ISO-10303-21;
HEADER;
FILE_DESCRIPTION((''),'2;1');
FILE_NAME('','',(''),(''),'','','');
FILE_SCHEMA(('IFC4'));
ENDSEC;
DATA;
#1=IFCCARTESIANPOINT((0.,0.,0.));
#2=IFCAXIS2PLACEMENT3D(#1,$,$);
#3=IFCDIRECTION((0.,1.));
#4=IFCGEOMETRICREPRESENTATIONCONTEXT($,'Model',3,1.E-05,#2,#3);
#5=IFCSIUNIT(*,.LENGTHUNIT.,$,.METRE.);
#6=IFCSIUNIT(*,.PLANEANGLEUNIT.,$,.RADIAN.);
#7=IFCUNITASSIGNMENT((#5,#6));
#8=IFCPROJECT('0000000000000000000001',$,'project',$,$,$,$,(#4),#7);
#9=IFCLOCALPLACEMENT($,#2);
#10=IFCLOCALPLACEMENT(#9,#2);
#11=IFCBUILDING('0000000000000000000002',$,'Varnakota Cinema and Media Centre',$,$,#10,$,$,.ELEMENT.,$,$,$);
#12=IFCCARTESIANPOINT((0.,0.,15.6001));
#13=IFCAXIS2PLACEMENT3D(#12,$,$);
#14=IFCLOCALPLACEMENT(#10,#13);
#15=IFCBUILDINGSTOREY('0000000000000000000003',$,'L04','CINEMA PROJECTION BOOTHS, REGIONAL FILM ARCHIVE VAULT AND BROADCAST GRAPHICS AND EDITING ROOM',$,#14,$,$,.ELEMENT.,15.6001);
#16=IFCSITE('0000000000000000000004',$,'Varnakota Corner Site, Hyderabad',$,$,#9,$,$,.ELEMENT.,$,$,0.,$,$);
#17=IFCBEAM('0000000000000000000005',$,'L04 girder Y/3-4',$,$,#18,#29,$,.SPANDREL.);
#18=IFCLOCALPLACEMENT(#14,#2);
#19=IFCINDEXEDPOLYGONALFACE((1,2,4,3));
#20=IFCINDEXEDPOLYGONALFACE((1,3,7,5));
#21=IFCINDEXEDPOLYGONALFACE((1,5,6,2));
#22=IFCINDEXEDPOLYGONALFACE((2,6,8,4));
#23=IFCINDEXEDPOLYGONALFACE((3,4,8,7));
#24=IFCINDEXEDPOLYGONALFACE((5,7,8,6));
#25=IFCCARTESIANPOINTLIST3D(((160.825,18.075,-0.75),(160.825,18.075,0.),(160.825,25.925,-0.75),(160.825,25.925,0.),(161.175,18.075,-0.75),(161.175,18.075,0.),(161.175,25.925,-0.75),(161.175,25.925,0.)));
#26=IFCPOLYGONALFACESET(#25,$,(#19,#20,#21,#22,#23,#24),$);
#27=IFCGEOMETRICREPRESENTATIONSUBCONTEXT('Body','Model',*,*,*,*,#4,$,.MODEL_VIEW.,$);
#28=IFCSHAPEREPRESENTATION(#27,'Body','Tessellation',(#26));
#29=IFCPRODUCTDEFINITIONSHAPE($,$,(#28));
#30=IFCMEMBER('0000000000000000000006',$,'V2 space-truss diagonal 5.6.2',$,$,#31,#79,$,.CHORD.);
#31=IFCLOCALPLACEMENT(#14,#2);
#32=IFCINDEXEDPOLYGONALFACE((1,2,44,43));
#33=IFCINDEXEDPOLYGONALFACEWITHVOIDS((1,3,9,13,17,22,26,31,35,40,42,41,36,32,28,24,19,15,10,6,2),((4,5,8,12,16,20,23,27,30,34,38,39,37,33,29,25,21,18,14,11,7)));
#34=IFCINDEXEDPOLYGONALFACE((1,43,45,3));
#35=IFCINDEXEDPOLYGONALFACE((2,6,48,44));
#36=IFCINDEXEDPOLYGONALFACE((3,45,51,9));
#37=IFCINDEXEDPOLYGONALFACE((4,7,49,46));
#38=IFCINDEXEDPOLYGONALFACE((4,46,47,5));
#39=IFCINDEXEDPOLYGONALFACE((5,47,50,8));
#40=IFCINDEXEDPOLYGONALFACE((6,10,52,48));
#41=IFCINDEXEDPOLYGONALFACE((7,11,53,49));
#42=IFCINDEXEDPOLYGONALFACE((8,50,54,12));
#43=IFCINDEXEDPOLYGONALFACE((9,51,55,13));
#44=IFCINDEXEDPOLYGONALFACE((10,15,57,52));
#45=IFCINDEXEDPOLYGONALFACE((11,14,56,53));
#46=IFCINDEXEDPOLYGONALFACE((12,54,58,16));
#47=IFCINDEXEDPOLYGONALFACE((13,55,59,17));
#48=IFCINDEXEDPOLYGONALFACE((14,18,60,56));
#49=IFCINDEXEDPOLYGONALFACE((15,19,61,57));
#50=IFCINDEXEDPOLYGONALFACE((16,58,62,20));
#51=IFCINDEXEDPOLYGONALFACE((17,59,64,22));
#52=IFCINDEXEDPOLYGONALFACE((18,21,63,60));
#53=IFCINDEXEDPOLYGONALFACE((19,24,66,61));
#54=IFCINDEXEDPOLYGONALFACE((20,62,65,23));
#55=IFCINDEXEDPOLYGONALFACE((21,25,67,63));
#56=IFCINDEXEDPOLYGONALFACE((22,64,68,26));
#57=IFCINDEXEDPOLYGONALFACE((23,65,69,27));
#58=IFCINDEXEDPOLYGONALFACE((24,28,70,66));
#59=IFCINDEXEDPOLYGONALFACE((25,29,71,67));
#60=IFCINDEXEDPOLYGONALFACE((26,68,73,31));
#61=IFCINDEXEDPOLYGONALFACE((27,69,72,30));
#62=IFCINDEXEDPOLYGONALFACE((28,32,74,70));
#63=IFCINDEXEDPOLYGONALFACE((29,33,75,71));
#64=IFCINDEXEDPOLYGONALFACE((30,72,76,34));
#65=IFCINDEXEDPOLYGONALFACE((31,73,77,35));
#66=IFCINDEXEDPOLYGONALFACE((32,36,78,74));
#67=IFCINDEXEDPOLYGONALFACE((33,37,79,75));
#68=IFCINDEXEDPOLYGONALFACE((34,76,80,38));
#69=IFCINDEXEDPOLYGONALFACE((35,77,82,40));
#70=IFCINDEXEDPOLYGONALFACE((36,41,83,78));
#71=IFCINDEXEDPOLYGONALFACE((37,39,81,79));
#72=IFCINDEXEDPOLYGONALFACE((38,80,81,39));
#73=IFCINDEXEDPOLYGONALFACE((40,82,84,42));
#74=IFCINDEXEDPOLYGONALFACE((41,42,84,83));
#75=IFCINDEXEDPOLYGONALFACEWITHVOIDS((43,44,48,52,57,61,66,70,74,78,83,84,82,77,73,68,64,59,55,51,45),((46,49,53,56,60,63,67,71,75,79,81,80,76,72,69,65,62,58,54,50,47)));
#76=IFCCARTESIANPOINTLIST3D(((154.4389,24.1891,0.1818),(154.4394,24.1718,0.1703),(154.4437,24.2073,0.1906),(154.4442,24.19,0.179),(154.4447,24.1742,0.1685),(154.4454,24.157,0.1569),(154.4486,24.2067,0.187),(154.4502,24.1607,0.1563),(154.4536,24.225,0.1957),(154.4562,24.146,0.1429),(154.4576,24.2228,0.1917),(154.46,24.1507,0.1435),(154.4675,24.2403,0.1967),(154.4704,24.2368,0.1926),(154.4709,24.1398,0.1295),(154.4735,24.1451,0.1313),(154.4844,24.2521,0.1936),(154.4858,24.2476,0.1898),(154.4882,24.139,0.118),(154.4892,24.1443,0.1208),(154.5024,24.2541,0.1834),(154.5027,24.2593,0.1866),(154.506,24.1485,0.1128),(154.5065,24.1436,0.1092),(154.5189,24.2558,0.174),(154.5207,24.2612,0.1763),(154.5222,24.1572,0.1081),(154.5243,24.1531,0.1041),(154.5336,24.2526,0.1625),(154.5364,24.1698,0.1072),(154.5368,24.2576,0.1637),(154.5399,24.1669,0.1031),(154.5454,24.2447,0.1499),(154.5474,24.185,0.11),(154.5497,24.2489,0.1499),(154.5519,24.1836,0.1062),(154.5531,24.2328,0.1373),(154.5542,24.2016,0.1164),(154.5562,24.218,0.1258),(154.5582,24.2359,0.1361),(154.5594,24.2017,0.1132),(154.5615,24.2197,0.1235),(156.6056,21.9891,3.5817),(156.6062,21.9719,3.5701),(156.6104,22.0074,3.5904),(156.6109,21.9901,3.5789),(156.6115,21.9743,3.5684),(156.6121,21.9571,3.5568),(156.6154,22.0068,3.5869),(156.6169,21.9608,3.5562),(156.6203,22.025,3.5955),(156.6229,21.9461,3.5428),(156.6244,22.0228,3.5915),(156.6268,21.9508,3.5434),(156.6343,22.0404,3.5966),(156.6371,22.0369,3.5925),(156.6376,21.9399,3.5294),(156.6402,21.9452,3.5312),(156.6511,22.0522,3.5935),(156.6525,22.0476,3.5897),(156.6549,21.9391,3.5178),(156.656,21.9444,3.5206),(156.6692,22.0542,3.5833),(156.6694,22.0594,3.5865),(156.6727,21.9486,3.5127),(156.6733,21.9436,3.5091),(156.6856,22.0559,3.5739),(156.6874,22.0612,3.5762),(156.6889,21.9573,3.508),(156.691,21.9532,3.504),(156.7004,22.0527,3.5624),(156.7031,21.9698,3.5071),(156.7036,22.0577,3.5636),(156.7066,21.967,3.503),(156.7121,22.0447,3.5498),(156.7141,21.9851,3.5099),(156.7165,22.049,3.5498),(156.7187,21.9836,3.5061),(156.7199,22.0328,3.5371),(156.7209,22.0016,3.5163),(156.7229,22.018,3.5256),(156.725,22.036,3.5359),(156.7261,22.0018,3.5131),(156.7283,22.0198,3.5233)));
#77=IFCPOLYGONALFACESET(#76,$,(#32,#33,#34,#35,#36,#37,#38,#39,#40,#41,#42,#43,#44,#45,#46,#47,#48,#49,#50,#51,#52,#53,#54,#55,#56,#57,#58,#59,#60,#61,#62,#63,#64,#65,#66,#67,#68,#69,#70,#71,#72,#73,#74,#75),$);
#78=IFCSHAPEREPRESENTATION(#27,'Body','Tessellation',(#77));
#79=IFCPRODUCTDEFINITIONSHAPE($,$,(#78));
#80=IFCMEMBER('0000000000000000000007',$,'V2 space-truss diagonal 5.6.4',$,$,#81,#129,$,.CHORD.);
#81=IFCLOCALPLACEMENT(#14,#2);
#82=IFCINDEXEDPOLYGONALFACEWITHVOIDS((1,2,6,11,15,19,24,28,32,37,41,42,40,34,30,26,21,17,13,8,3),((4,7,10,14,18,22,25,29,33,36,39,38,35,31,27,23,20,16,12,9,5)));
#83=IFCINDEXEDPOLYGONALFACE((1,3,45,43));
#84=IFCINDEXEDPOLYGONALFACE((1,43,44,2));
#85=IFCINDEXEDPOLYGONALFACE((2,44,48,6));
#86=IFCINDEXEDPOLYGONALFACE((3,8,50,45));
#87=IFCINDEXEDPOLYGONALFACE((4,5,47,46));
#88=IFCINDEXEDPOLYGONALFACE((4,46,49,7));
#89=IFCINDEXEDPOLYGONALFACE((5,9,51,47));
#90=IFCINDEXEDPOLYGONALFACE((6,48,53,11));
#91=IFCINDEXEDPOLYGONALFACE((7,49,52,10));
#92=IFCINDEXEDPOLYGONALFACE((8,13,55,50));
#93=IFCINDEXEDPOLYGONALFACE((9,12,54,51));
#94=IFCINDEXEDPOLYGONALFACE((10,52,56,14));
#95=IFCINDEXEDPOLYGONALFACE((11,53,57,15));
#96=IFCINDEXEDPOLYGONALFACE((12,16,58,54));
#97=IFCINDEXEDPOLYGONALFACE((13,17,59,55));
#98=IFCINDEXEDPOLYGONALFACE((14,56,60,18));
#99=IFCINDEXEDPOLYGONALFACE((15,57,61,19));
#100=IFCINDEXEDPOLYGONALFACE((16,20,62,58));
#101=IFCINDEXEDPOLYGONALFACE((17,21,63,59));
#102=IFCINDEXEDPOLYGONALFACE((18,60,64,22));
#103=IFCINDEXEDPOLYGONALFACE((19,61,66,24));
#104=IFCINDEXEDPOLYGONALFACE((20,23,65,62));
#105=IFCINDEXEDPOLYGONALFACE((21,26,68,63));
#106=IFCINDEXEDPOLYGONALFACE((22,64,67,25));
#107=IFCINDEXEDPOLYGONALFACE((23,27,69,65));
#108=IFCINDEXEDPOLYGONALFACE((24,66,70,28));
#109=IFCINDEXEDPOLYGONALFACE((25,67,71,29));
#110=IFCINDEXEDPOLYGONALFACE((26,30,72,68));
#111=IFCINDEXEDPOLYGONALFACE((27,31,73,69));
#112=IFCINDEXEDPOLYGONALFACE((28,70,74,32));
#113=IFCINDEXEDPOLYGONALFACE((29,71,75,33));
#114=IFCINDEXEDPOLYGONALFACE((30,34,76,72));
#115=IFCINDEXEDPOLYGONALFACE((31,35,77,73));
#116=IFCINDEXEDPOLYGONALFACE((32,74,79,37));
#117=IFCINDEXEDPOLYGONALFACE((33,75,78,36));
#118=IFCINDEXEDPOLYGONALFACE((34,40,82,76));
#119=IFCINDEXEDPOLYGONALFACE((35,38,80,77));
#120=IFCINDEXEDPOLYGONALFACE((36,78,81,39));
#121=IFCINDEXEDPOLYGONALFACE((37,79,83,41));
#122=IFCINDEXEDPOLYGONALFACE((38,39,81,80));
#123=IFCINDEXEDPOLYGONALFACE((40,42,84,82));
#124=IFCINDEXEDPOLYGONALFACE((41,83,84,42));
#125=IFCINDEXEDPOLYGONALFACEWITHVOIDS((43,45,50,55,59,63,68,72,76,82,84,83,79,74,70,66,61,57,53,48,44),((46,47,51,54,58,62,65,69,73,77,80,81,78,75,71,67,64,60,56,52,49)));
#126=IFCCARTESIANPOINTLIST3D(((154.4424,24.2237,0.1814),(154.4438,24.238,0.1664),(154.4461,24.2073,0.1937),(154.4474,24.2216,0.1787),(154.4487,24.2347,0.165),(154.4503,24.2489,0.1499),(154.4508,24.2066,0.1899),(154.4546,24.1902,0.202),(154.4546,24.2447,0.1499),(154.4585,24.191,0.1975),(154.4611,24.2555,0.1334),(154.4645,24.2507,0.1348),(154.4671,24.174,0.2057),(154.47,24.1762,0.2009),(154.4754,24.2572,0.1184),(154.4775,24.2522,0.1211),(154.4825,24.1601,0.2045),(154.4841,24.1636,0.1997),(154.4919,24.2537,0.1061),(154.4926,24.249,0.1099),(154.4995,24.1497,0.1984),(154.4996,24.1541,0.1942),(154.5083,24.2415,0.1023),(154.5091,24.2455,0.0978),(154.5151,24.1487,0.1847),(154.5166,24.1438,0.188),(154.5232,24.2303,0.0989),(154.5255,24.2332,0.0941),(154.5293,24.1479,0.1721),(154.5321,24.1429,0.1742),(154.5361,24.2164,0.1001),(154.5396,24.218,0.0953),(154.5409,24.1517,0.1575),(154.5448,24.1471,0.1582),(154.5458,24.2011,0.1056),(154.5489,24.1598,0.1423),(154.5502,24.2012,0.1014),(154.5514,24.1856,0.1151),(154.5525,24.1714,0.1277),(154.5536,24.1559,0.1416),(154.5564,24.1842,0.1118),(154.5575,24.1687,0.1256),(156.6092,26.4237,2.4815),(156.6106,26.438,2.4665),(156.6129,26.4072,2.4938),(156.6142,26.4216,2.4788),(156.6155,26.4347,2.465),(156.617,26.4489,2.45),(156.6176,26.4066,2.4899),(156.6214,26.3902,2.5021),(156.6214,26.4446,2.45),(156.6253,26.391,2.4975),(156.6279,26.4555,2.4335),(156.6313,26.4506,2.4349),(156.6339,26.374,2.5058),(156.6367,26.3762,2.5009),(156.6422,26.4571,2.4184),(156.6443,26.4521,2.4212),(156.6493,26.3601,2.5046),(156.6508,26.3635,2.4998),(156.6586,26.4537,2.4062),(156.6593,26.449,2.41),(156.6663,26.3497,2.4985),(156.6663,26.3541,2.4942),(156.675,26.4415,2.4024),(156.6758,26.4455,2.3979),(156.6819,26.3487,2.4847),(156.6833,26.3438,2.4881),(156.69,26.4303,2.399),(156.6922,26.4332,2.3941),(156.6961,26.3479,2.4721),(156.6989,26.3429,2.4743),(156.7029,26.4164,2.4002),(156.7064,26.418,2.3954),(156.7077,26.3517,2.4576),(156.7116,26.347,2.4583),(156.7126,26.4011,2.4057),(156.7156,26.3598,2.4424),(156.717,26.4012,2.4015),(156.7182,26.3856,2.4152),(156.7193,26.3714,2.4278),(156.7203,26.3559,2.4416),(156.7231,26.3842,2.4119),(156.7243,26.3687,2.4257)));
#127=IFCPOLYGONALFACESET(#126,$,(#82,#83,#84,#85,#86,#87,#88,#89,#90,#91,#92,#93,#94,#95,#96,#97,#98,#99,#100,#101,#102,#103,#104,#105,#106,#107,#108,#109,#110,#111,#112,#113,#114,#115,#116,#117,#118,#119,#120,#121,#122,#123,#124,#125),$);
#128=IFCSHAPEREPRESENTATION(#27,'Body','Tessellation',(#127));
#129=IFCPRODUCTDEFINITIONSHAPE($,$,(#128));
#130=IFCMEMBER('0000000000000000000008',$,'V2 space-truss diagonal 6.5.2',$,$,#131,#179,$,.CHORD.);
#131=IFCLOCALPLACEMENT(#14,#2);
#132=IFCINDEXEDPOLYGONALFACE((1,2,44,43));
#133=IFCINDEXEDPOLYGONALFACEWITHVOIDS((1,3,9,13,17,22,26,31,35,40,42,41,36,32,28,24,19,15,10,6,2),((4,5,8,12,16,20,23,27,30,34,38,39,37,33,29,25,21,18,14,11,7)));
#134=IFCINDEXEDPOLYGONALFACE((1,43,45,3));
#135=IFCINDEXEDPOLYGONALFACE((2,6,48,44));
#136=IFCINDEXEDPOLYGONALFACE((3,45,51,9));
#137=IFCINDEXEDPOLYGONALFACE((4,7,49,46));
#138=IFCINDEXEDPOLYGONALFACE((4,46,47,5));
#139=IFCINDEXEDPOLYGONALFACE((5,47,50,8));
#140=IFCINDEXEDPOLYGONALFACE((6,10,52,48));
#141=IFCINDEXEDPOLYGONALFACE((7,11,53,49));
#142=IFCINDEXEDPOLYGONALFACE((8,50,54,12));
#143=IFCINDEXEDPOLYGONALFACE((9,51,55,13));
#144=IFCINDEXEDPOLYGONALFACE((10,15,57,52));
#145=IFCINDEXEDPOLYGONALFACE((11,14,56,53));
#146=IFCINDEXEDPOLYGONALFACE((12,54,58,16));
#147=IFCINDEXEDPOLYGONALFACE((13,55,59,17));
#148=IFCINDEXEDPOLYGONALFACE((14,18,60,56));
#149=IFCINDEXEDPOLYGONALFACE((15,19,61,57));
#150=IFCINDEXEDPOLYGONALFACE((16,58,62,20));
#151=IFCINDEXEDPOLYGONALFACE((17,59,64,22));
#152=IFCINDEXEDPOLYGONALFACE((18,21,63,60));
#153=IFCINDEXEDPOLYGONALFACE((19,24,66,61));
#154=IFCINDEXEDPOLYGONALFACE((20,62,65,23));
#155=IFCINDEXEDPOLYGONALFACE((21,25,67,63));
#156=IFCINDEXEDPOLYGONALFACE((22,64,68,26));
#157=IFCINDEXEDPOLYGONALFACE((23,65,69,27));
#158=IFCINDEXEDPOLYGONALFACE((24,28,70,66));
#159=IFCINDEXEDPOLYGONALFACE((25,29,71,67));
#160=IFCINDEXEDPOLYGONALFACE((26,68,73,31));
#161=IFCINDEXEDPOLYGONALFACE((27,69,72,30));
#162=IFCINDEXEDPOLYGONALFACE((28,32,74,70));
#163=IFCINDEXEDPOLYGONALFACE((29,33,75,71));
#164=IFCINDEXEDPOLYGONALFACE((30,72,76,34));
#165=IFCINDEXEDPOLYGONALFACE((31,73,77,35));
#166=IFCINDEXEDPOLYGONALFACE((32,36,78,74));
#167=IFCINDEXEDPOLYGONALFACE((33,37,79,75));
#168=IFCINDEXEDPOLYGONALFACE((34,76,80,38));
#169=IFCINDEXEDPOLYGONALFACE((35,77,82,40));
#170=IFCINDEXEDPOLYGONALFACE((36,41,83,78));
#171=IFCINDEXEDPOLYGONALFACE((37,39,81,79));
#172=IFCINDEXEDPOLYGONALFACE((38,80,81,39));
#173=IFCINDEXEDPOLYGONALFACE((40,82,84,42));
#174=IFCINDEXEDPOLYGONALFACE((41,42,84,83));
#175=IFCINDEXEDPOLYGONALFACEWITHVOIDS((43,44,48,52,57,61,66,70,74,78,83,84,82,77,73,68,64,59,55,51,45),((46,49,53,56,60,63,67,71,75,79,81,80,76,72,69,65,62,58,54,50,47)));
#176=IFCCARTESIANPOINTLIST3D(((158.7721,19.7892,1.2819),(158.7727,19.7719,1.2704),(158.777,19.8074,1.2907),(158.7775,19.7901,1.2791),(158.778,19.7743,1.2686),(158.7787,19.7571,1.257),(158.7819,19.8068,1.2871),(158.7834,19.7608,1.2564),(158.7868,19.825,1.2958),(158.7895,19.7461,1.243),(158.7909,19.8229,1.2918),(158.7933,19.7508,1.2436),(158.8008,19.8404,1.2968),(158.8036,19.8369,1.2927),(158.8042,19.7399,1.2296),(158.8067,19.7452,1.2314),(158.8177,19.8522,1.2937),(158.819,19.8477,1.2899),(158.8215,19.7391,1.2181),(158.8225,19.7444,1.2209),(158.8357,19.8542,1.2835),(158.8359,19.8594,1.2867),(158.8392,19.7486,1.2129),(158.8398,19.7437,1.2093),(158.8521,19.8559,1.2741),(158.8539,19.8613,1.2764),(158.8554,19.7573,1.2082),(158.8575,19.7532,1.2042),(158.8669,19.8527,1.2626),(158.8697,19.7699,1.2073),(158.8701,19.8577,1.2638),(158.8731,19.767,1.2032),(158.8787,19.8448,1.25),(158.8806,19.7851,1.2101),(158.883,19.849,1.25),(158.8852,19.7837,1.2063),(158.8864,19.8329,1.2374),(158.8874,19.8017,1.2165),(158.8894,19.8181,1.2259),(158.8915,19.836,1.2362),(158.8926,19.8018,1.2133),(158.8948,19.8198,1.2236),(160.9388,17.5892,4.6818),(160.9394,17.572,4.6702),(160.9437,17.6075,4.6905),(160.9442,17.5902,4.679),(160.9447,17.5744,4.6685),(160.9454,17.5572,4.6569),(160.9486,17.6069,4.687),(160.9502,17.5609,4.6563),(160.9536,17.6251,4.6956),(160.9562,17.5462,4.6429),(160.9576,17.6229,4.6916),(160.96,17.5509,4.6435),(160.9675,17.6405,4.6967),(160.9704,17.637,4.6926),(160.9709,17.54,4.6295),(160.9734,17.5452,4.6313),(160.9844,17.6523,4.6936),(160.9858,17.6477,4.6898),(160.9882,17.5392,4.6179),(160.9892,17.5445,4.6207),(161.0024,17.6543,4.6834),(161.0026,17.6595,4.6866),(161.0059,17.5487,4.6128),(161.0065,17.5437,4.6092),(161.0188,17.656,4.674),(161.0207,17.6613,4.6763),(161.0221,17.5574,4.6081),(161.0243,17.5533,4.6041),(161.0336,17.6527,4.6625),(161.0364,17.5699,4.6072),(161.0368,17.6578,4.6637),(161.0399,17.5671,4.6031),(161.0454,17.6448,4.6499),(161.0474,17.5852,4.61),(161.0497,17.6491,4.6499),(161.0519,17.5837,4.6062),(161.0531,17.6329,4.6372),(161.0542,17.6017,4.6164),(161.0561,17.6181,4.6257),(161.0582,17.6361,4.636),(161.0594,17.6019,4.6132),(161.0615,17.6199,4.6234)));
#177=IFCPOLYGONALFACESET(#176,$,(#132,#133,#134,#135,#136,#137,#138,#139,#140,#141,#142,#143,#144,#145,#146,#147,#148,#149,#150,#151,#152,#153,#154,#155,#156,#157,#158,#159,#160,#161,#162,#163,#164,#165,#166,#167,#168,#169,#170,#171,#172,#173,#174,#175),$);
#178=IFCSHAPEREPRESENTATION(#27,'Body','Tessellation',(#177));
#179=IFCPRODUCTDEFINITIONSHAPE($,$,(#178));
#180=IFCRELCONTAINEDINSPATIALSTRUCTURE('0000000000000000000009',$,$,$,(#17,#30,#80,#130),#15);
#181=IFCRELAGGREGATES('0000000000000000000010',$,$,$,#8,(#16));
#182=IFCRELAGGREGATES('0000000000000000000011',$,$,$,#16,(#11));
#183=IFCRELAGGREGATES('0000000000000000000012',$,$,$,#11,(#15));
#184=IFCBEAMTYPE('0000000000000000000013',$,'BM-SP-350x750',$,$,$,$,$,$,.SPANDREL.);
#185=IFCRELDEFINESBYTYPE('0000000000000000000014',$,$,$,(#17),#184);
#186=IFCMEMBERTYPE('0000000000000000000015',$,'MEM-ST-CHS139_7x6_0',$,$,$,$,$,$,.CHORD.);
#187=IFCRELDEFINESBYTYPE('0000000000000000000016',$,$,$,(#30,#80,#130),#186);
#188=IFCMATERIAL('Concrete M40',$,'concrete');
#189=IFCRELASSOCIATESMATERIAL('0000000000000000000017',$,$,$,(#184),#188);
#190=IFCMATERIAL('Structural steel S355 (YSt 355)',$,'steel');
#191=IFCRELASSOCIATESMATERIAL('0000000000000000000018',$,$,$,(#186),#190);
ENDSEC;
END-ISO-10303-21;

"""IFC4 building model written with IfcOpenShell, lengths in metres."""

from ifc_helpers import new_model, si_unit, direction, frame, origin, origin_2d, place, context, subcontext, project, spatial, rectangle, hollow_circle, extrude, material, material_profile, profile_set, type_object, element, save


model = new_model("IFC4")

# Units and contexts
model_context = context("Model", 3, precision=1e-05, world=origin(), true_north=direction((0.0, 1.0)))
body_context = subcontext(model_context, "Body", "Model", "MODEL_VIEW")
ifc_project = project(units=[si_unit("LENGTHUNIT", "METRE"), si_unit("PLANEANGLEUNIT", "RADIAN")], contexts=[model_context])

# Site, building, storey
site_placement = place(None, origin())
site = spatial("IfcSite", under=ifc_project, at=site_placement, Name="Varnakota Corner Site, Hyderabad", CompositionType="ELEMENT", RefElevation=0.0)
building_placement = place(site_placement, origin())
building = spatial("IfcBuilding", under=site, at=building_placement, Name="Varnakota Cinema and Media Centre", CompositionType="ELEMENT")
storey_placement = place(building_placement, frame((0.0, 0.0, 15.6001)))
storey = spatial("IfcBuildingStorey", under=building, at=storey_placement, Name="L04", Description="CINEMA PROJECTION BOOTHS, REGIONAL FILM ARCHIVE VAULT AND BROADCAST GRAPHICS AND EDITING ROOM", CompositionType="ELEMENT", Elevation=15.6001)

# Beam
ifc_material_1 = material(Name="Concrete M40", Category="concrete")
ifc_material_profile_1 = material_profile(ifc_material_1, rectangle(XDim=0.3501, YDim=0.75, at=origin_2d()), Name="RCB 350x750")
ifc_profile_set_1 = profile_set([ifc_material_profile_1], Name="Concrete M40")
beam_type = type_object("IfcBeamType", Name="BM-SP-350x750", PredefinedType="SPANDREL", material=ifc_profile_set_1)
beam_placement = place(storey_placement, frame((161.0, 18.075, -0.375), z_axis=(0.0, 1.0, 0.0), x_axis=(-1.0, 0.0, 0.0)))
element("IfcBeam", 1, at=beam_placement, inside=storey, type_object=beam_type, Name="L04 girder Y/3-4", PredefinedType="SPANDREL", context=body_context, shape_type="SweptSolid", body=[
    extrude(rectangle(XDim=0.3501, YDim=0.75, at=origin_2d()), origin(), (0.0, 0.0, 1.0), 7.8501),
])

# Members
ifc_material_2 = material(Name="Structural steel S355 (YSt 355)", Category="steel")
ifc_material_profile_2 = material_profile(ifc_material_2, hollow_circle(Radius=0.0698, WallThickness=0.0061, at=origin_2d()), Name="CHS 139.7x6.0")
ifc_profile_set_2 = profile_set([ifc_material_profile_2], Name="Structural steel S355 (YSt 355)")
member_type_1 = type_object("IfcMemberType", Name="MEM-ST-CHS139_7x6_0", PredefinedType="CHORD", material=ifc_profile_set_2)
member_1_placement = place(storey_placement, frame((154.5, 24.2, 0.1499), z_axis=(0.471769, -0.478999, 0.740266), x_axis=(0.712463, 0.70171, 0.0)))
element("IfcMember", 2, at=member_1_placement, inside=storey, type_object=member_type_1, Name="V2 space-truss diagonal 5.6.2", PredefinedType="CHORD", context=body_context, shape_type="SweptSolid", body=[
    extrude(hollow_circle(Radius=0.0698, WallThickness=0.0061, at=origin_2d()), origin(), (0.0, 0.0, 1.0), 4.5928),
])
member_2_placement = place(storey_placement, frame((154.5, 24.2, 0.1499), z_axis=(0.562748, 0.571371, 0.597369), x_axis=(-0.712463, 0.70171, 0.0)))
element("IfcMember", 3, at=member_2_placement, inside=storey, type_object=member_type_1, Name="V2 space-truss diagonal 5.6.4", PredefinedType="CHORD", context=body_context, shape_type="SweptSolid", body=[
    extrude(hollow_circle(Radius=0.0698, WallThickness=0.0061, at=origin_2d()), origin(), (0.0, 0.0, 1.0), 3.8503),
])
member_3_placement = place(storey_placement, frame((158.8333, 19.8, 1.25), z_axis=(0.471769, -0.478999, 0.740266), x_axis=(0.712463, 0.70171, 0.0)))
element("IfcMember", 4, at=member_3_placement, inside=storey, type_object=member_type_1, Name="V2 space-truss diagonal 6.5.2", PredefinedType="CHORD", context=body_context, shape_type="SweptSolid", body=[
    extrude(hollow_circle(Radius=0.0698, WallThickness=0.0061, at=origin_2d()), origin(), (0.0, 0.0, 1.0), 4.5928),
])

save(model, "model.ifc")
